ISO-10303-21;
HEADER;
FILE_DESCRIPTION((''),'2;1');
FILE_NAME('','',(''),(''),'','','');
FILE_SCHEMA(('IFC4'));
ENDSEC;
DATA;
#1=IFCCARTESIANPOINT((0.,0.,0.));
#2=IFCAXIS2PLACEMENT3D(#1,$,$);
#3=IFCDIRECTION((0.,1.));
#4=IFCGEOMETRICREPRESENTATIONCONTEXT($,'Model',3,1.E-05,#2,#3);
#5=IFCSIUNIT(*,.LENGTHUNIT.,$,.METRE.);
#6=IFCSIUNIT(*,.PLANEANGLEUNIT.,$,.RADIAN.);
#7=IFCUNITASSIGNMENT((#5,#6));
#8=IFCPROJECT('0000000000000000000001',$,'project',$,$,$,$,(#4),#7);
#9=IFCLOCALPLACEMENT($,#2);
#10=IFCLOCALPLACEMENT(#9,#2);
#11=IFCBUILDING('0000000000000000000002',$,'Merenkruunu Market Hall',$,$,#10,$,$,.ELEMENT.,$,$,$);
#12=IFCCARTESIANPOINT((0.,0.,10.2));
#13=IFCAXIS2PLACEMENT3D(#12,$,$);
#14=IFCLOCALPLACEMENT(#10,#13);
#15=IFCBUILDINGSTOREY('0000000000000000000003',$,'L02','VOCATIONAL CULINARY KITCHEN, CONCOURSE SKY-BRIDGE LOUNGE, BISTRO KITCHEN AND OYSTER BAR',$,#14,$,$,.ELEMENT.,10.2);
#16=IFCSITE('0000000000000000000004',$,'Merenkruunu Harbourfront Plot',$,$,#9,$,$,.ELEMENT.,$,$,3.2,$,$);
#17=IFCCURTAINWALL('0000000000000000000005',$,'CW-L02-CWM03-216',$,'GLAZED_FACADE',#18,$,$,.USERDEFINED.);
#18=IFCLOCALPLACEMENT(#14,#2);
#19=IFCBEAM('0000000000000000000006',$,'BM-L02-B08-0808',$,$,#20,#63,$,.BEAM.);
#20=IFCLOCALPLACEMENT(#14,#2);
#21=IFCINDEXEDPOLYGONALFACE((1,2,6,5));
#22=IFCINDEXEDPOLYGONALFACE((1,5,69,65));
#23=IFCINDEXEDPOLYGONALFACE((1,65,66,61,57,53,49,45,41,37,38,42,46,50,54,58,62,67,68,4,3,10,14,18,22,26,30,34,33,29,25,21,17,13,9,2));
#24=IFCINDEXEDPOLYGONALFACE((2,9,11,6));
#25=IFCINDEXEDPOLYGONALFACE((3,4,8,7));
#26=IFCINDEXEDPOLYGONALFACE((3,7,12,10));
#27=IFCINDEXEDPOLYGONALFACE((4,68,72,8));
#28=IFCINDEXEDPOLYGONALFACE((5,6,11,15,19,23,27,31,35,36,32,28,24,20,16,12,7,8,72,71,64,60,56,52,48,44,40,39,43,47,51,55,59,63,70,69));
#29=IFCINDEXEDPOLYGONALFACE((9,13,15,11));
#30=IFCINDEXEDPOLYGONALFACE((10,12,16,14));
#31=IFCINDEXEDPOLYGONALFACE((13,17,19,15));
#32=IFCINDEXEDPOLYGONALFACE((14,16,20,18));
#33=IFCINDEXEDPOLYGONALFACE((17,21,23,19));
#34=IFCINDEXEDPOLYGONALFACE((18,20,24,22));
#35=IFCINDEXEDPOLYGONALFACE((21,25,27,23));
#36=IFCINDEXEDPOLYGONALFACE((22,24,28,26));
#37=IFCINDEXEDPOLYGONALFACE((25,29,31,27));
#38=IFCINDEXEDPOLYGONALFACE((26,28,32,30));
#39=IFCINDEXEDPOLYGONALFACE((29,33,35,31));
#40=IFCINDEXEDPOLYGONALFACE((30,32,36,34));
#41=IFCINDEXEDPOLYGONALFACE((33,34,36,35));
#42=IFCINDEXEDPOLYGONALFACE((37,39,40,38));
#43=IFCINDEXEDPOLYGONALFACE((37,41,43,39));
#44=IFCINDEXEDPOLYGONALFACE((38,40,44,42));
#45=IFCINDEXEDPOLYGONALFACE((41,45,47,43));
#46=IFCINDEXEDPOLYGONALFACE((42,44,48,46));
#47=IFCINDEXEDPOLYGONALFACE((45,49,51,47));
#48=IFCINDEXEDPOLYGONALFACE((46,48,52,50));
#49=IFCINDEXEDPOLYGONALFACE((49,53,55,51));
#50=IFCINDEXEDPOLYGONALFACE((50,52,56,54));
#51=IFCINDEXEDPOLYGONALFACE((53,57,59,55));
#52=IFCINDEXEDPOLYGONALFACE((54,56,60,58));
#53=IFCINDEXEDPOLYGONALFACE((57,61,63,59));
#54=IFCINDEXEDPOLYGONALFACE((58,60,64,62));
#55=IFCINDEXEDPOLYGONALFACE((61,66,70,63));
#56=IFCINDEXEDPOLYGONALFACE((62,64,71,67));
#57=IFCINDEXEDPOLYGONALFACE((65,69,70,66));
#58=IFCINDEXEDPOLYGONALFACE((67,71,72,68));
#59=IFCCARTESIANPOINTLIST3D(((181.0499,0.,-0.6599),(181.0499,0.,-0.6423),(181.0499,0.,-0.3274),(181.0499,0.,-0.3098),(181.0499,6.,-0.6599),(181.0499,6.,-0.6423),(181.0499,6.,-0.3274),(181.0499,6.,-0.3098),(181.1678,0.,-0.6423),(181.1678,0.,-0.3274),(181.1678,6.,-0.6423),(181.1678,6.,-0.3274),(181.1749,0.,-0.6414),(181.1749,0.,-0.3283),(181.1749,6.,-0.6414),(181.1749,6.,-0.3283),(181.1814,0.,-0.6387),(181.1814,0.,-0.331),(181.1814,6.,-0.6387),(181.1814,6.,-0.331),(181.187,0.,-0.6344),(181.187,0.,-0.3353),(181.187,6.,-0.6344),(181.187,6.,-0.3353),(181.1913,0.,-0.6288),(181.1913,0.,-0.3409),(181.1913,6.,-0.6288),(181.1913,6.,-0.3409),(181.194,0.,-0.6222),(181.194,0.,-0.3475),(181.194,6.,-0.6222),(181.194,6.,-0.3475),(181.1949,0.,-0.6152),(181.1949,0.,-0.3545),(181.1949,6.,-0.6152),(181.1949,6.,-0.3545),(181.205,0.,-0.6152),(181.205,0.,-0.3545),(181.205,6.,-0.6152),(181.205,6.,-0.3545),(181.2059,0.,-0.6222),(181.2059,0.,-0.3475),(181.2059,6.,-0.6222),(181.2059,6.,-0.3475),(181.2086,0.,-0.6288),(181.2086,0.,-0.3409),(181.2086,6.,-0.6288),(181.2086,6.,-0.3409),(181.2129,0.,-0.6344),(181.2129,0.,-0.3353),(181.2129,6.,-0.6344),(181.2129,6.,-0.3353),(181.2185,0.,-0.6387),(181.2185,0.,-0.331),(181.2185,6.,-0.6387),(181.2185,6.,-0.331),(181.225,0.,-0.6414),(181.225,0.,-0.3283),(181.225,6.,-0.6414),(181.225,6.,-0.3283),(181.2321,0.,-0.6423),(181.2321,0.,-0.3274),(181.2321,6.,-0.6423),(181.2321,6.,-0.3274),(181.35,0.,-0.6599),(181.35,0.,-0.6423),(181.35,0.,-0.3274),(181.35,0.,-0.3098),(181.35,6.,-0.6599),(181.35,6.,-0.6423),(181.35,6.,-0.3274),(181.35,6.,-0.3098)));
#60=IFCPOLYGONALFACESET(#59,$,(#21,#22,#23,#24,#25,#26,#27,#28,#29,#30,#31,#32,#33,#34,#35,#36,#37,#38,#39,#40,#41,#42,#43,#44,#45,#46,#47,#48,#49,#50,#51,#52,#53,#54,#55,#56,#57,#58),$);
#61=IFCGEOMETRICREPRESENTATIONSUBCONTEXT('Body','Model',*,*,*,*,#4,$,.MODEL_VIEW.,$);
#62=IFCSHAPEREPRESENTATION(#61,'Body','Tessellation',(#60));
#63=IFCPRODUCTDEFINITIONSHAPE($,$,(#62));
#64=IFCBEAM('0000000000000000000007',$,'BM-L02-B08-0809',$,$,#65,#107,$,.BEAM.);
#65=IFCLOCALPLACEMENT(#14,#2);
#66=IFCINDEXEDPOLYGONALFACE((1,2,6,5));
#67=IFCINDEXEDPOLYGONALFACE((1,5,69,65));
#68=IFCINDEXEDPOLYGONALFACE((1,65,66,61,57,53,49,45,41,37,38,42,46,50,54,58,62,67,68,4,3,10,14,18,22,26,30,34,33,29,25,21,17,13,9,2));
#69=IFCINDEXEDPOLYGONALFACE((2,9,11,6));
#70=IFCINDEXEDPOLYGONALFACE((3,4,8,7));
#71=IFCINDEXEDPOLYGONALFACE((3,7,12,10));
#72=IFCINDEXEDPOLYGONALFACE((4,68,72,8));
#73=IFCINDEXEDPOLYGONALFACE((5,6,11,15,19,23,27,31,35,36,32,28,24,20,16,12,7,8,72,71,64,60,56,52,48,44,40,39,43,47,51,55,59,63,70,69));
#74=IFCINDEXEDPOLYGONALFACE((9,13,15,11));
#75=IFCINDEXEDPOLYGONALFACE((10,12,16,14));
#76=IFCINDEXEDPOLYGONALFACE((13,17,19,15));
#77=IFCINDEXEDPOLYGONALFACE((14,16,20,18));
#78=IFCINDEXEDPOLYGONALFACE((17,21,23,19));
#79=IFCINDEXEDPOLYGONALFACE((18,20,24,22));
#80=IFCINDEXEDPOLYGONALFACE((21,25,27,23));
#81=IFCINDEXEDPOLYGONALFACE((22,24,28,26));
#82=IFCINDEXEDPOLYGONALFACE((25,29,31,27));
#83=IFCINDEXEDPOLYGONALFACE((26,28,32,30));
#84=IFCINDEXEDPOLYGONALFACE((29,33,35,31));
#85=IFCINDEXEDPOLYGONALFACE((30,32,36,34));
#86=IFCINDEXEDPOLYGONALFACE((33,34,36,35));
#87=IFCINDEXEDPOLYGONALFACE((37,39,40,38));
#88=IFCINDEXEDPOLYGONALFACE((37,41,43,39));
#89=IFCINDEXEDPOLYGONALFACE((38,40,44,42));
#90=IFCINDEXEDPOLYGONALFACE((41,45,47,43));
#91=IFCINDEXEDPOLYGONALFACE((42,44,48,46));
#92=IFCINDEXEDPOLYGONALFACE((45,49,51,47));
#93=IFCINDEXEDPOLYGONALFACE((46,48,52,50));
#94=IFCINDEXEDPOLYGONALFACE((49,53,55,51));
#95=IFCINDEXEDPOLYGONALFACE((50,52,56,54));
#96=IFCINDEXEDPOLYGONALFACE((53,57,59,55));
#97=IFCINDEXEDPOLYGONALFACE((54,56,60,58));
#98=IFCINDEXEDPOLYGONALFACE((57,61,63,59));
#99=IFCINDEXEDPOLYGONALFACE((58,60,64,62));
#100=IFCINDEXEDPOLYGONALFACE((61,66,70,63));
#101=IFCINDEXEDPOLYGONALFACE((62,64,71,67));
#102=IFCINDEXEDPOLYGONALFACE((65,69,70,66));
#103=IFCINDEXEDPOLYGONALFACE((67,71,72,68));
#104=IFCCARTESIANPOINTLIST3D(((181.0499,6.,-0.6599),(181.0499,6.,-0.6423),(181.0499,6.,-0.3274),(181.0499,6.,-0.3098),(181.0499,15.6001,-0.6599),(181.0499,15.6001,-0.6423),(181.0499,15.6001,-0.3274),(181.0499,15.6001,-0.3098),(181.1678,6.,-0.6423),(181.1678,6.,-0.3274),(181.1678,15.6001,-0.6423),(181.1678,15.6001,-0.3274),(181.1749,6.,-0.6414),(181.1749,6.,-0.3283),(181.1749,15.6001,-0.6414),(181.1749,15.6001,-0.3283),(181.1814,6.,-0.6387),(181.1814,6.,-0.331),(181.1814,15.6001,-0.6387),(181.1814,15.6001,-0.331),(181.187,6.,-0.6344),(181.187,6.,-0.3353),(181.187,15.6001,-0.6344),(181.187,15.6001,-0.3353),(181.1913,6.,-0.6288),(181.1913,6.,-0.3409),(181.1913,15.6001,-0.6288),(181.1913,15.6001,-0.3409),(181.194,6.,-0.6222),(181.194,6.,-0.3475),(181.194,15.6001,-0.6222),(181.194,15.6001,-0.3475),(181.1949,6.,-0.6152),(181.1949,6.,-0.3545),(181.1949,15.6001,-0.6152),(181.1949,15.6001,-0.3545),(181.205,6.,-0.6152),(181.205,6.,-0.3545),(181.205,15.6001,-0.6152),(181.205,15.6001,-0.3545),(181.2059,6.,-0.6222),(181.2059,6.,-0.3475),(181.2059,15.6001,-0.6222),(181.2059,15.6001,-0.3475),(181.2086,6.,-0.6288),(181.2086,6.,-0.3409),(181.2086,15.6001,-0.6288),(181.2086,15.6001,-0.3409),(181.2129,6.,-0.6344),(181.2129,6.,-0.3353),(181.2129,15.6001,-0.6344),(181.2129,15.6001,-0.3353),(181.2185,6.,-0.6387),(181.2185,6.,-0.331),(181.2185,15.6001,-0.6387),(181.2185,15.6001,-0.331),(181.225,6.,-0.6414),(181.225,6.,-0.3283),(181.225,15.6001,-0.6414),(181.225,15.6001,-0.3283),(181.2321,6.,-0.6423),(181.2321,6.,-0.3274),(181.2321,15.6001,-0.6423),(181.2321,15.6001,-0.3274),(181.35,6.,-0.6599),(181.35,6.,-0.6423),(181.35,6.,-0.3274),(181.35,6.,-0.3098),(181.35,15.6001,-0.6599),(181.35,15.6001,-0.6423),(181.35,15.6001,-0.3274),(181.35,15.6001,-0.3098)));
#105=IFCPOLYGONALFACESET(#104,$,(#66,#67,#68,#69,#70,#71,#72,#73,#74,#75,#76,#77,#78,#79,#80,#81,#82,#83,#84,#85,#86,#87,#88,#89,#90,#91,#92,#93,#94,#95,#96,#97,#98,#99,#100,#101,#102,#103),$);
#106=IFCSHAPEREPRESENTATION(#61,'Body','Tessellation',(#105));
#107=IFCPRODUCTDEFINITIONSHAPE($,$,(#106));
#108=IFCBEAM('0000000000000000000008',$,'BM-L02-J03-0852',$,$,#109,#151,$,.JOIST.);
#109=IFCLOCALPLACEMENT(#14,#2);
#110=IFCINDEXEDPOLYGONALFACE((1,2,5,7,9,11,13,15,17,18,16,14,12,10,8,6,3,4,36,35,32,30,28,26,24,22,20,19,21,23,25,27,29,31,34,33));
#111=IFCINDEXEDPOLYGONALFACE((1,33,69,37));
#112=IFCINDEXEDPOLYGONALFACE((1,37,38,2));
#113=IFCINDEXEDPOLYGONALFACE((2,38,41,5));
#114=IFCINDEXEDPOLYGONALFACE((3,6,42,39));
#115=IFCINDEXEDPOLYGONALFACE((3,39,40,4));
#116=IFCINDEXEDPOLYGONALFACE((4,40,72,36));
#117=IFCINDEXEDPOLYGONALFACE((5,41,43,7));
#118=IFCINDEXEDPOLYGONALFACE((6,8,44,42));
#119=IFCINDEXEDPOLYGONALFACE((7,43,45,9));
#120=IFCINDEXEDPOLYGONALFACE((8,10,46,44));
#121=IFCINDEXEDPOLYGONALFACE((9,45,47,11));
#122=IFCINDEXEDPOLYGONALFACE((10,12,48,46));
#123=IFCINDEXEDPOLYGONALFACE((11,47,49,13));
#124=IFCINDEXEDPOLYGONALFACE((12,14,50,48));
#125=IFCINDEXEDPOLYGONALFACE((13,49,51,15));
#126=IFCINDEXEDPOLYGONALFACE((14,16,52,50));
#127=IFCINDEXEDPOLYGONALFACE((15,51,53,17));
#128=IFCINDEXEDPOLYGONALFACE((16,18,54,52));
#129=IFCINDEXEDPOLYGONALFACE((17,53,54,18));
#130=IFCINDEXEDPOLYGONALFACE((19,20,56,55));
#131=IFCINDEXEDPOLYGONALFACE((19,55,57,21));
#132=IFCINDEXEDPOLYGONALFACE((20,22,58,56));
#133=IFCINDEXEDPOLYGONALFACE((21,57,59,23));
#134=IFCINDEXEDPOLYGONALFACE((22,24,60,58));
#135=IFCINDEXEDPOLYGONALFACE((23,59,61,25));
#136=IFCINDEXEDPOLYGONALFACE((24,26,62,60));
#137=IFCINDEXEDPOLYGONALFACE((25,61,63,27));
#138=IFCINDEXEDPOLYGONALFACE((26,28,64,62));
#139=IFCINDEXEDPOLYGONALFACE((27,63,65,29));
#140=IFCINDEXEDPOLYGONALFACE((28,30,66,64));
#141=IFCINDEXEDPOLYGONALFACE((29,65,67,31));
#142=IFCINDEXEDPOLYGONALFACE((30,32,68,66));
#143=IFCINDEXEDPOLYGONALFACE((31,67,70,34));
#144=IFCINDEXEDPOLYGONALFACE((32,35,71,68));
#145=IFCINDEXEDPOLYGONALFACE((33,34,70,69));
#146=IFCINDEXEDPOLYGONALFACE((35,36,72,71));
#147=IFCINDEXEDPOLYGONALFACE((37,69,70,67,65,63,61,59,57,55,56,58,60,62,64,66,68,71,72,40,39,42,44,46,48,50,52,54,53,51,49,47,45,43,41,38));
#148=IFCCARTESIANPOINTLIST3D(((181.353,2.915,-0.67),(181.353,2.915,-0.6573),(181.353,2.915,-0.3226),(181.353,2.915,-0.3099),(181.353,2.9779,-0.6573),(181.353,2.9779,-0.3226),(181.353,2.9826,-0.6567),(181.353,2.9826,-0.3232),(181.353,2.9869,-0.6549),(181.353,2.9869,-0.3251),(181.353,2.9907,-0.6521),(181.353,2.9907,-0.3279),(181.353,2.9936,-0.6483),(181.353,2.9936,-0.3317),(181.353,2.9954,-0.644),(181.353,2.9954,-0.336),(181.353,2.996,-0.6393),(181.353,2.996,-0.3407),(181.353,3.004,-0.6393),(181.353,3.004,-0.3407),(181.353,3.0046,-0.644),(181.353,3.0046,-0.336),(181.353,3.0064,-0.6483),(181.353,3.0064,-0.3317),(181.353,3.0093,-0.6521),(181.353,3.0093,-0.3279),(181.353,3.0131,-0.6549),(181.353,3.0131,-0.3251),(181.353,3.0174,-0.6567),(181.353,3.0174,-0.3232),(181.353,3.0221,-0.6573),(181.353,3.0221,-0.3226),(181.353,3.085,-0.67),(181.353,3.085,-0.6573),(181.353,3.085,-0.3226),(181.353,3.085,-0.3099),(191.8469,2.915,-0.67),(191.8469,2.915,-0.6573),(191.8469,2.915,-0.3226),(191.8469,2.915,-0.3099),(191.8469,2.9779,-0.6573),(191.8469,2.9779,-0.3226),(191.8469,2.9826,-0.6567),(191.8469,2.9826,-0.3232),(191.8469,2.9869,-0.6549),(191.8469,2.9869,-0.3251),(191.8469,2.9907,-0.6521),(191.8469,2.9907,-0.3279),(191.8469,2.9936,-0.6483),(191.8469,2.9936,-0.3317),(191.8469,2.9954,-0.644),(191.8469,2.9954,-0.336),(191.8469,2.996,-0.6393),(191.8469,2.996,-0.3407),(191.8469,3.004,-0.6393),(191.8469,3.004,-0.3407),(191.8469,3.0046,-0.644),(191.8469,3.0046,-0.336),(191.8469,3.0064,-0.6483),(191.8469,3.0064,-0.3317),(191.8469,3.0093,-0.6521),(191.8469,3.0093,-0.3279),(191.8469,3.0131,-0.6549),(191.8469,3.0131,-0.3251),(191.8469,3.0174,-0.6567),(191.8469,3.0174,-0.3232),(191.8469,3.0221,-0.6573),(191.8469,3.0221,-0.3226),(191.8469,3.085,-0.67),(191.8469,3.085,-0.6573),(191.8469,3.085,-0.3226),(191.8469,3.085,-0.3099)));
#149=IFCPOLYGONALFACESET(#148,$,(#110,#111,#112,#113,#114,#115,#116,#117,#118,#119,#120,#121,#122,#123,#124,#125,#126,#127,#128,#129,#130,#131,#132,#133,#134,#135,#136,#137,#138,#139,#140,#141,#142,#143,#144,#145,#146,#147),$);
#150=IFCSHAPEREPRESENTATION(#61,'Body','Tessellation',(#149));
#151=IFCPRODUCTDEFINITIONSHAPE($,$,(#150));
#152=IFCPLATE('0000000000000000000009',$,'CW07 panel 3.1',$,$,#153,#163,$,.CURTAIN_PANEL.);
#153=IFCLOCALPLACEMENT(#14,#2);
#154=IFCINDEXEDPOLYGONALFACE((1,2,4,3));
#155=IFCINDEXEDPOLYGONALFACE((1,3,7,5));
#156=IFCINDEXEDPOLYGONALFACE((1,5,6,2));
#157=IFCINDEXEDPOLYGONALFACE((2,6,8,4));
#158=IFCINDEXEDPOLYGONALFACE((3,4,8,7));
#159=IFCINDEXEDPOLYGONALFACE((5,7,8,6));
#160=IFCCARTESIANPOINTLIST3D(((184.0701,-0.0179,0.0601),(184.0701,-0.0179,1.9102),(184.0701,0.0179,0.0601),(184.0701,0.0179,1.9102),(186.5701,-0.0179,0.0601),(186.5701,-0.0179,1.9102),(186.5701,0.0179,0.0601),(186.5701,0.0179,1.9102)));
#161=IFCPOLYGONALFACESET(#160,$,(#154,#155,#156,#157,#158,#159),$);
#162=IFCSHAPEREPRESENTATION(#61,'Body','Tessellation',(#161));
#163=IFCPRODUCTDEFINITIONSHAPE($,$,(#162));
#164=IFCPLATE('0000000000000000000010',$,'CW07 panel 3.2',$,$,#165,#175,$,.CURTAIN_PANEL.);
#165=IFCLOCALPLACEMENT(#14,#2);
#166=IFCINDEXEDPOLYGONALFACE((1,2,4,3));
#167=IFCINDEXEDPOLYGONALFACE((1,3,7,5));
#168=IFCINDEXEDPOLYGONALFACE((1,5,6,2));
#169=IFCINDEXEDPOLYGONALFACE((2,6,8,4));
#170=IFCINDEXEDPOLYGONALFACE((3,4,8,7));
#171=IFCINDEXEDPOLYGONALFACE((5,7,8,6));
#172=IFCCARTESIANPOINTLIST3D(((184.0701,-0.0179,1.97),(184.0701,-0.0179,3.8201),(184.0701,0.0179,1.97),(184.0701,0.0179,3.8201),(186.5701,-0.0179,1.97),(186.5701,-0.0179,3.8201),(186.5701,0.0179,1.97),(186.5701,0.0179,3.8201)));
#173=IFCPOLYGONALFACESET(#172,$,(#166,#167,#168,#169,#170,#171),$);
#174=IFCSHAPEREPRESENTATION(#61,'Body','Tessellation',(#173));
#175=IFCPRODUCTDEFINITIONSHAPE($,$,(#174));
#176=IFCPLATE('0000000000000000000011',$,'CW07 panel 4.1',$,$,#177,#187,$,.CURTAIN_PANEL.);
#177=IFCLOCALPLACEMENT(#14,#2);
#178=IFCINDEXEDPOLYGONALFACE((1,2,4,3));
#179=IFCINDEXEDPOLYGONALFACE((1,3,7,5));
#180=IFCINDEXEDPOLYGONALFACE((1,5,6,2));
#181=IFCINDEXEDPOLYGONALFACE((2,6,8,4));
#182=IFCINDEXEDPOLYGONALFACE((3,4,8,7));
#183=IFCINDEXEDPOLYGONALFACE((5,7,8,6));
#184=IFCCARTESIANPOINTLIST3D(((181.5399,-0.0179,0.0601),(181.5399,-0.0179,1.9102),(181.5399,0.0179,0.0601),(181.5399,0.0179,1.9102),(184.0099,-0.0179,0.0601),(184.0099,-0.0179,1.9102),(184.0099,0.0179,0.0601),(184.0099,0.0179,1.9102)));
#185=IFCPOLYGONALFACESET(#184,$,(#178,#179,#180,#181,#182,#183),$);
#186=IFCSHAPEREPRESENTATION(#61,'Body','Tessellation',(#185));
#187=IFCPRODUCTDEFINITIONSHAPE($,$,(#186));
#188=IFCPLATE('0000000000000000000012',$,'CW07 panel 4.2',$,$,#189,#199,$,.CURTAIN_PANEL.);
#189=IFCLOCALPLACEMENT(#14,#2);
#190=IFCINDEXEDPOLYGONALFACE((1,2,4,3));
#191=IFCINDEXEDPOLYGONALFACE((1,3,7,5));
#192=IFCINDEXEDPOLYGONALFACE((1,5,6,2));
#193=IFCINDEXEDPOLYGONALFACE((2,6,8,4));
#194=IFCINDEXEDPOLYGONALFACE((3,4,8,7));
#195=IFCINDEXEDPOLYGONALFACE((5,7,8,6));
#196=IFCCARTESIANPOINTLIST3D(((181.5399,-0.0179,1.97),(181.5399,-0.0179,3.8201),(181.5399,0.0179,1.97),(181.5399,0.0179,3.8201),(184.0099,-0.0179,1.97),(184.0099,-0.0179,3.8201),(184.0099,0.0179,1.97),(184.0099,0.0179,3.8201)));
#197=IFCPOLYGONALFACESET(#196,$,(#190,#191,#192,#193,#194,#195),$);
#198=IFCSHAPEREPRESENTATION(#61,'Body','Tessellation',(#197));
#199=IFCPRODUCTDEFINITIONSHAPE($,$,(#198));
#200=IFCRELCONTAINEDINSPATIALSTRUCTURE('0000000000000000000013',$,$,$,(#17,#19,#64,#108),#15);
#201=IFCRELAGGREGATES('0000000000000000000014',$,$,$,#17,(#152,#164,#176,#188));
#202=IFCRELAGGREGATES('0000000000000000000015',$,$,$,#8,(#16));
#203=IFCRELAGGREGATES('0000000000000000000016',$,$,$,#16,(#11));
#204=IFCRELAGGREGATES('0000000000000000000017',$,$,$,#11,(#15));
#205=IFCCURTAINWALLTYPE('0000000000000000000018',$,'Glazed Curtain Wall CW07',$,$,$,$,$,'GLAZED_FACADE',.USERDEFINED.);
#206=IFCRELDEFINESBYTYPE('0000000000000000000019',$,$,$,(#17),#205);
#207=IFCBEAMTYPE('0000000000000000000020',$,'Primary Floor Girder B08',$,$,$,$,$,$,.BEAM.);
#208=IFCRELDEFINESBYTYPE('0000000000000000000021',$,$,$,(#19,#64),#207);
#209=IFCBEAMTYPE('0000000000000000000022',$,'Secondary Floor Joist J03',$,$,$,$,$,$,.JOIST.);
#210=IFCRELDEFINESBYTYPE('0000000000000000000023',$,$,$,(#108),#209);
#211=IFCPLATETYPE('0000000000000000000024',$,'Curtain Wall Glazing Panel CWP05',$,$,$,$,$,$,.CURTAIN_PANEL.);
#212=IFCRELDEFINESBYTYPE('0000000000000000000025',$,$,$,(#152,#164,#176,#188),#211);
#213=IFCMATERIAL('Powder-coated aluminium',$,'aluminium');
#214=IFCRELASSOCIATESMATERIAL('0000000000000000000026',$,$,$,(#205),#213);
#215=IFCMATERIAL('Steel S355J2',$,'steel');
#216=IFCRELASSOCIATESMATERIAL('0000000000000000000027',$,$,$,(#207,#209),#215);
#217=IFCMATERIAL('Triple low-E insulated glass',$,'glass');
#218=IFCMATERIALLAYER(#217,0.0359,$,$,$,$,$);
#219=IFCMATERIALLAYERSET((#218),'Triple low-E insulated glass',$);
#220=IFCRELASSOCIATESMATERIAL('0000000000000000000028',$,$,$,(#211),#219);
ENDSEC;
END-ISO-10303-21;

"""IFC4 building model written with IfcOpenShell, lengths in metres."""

from ifc_helpers import new_model, si_unit, direction, frame, origin, origin_2d, place, context, subcontext, project, spatial, rectangle, i_section, extrude, material, layer, layer_set, material_profile, profile_set, type_object, element, aggregate, save


model = new_model("IFC4")

# Units and contexts
model_context = context("Model", 3, precision=1e-05, world=origin(), true_north=direction((0.0, 1.0)))
body_context = subcontext(model_context, "Body", "Model", "MODEL_VIEW")
ifc_project = project(units=[si_unit("LENGTHUNIT", "METRE"), si_unit("PLANEANGLEUNIT", "RADIAN")], contexts=[model_context])

# Site, building, storey
site_placement = place(None, origin())
site = spatial("IfcSite", under=ifc_project, at=site_placement, Name="Merenkruunu Harbourfront Plot", CompositionType="ELEMENT", RefElevation=3.2)
building_placement = place(site_placement, origin())
building = spatial("IfcBuilding", under=site, at=building_placement, Name="Merenkruunu Market Hall", CompositionType="ELEMENT")
storey_placement = place(building_placement, frame((0.0, 0.0, 10.2)))
storey = spatial("IfcBuildingStorey", under=building, at=storey_placement, Name="L02", Description="VOCATIONAL CULINARY KITCHEN, CONCOURSE SKY-BRIDGE LOUNGE, BISTRO KITCHEN AND OYSTER BAR", CompositionType="ELEMENT", Elevation=10.2)

# Shared definitions
ifc_material_1 = material(Name="Steel S355J2", Category="steel")

# Curtain wall
ifc_material_2 = material(Name="Powder-coated aluminium", Category="aluminium")
curtain_wall_type = type_object("IfcCurtainWallType", Name="Glazed Curtain Wall CW07", ElementType="GLAZED_FACADE", PredefinedType="USERDEFINED", material=ifc_material_2)
curtain_wall_placement = place(storey_placement, origin())
curtain_wall = element("IfcCurtainWall", 1, at=curtain_wall_placement, inside=storey, type_object=curtain_wall_type, Name="CW-L02-CWM03-216", ObjectType="GLAZED_FACADE", PredefinedType="USERDEFINED")

# Beams
ifc_material_profile_1 = material_profile(ifc_material_1, i_section(OverallWidth=0.3, OverallDepth=0.3501, WebThickness=0.01, FlangeThickness=0.0176, FilletRadius=0.0271, at=origin_2d()), Name="HEA 360")
ifc_profile_set_1 = profile_set([ifc_material_profile_1], Name="Steel S355J2")
beam_type_1 = type_object("IfcBeamType", Name="Primary Floor Girder B08", PredefinedType="BEAM", material=ifc_profile_set_1)
beam_1_placement = place(storey_placement, frame((181.2, 0.0, -0.4849), z_axis=(0.0, 1.0, 0.0), x_axis=(-1.0, 0.0, 0.0)))
element("IfcBeam", 2, at=beam_1_placement, inside=storey, type_object=beam_type_1, Name="BM-L02-B08-0808", PredefinedType="BEAM", context=body_context, shape_type="SweptSolid", body=[
    extrude(i_section(OverallWidth=0.3, OverallDepth=0.3501, WebThickness=0.01, FlangeThickness=0.0176, FilletRadius=0.0271, at=origin_2d()), origin(), (0.0, 0.0, 1.0), 6.0),
])
beam_2_placement = place(storey_placement, frame((181.2, 6.0, -0.4849), z_axis=(0.0, 1.0, 0.0), x_axis=(-1.0, 0.0, 0.0)))
element("IfcBeam", 3, at=beam_2_placement, inside=storey, type_object=beam_type_1, Name="BM-L02-B08-0809", PredefinedType="BEAM", context=body_context, shape_type="SweptSolid", body=[
    extrude(i_section(OverallWidth=0.3, OverallDepth=0.3501, WebThickness=0.01, FlangeThickness=0.0176, FilletRadius=0.0271, at=origin_2d()), origin(), (0.0, 0.0, 1.0), 9.6001),
])
ifc_material_profile_2 = material_profile(ifc_material_1, i_section(OverallWidth=0.1699, OverallDepth=0.3601, WebThickness=0.0081, FlangeThickness=0.0127, FilletRadius=0.0181, at=origin_2d()), Name="IPE 360")
ifc_profile_set_2 = profile_set([ifc_material_profile_2], Name="Steel S355J2")
beam_type_2 = type_object("IfcBeamType", Name="Secondary Floor Joist J03", PredefinedType="JOIST", material=ifc_profile_set_2)
beam_3_placement = place(storey_placement, frame((181.353, 3.0, -0.49), z_axis=(1.0, 0.0, 0.0), x_axis=(0.0, 1.0, 0.0)))
element("IfcBeam", 4, at=beam_3_placement, inside=storey, type_object=beam_type_2, Name="BM-L02-J03-0852", PredefinedType="JOIST", context=body_context, shape_type="SweptSolid", body=[
    extrude(i_section(OverallWidth=0.1699, OverallDepth=0.3601, WebThickness=0.0081, FlangeThickness=0.0127, FilletRadius=0.0181, at=origin_2d()), origin(), (0.0, 0.0, 1.0), 10.4939),
])

# Plates
ifc_material_3 = material(Name="Triple low-E insulated glass", Category="glass")
ifc_layer_1 = layer(ifc_material_3, 0.0359)
ifc_layer_set_1 = layer_set([ifc_layer_1], Name="Triple low-E insulated glass")
plate_type = type_object("IfcPlateType", Name="Curtain Wall Glazing Panel CWP05", PredefinedType="CURTAIN_PANEL", material=ifc_layer_set_1)
plate_1_placement = place(storey_placement, frame((185.3201, 0.0, 0.0601), z_axis=(0.0, 0.0, 1.0), x_axis=(-1.0, 0.0, 0.0)))
plate_1 = element("IfcPlate", 5, at=plate_1_placement, type_object=plate_type, Name="CW07 panel 3.1", PredefinedType="CURTAIN_PANEL", context=body_context, shape_type="SweptSolid", body=[
    extrude(rectangle(XDim=2.5, YDim=0.0359, at=origin_2d()), origin(), (0.0, 0.0, 1.0), 1.8501),
])
plate_2_placement = place(storey_placement, frame((185.3201, 0.0, 1.97), z_axis=(0.0, 0.0, 1.0), x_axis=(-1.0, 0.0, 0.0)))
plate_2 = element("IfcPlate", 6, at=plate_2_placement, type_object=plate_type, Name="CW07 panel 3.2", PredefinedType="CURTAIN_PANEL", context=body_context, shape_type="SweptSolid", body=[
    extrude(rectangle(XDim=2.5, YDim=0.0359, at=origin_2d()), origin(), (0.0, 0.0, 1.0), 1.8501),
])
plate_3_placement = place(storey_placement, frame((182.7749, 0.0, 0.0601), z_axis=(0.0, 0.0, 1.0), x_axis=(-1.0, 0.0, 0.0)))
plate_3 = element("IfcPlate", 7, at=plate_3_placement, type_object=plate_type, Name="CW07 panel 4.1", PredefinedType="CURTAIN_PANEL", context=body_context, shape_type="SweptSolid", body=[
    extrude(rectangle(XDim=2.47, YDim=0.0359, at=origin_2d()), origin(), (0.0, 0.0, 1.0), 1.8501),
])
plate_4_placement = place(storey_placement, frame((182.7749, 0.0, 1.97), z_axis=(0.0, 0.0, 1.0), x_axis=(-1.0, 0.0, 0.0)))
plate_4 = element("IfcPlate", 8, at=plate_4_placement, type_object=plate_type, Name="CW07 panel 4.2", PredefinedType="CURTAIN_PANEL", context=body_context, shape_type="SweptSolid", body=[
    extrude(rectangle(XDim=2.47, YDim=0.0359, at=origin_2d()), origin(), (0.0, 0.0, 1.0), 1.8501),
])
aggregate(curtain_wall, [plate_1, plate_2, plate_3, plate_4])

save(model, "model.ifc")
